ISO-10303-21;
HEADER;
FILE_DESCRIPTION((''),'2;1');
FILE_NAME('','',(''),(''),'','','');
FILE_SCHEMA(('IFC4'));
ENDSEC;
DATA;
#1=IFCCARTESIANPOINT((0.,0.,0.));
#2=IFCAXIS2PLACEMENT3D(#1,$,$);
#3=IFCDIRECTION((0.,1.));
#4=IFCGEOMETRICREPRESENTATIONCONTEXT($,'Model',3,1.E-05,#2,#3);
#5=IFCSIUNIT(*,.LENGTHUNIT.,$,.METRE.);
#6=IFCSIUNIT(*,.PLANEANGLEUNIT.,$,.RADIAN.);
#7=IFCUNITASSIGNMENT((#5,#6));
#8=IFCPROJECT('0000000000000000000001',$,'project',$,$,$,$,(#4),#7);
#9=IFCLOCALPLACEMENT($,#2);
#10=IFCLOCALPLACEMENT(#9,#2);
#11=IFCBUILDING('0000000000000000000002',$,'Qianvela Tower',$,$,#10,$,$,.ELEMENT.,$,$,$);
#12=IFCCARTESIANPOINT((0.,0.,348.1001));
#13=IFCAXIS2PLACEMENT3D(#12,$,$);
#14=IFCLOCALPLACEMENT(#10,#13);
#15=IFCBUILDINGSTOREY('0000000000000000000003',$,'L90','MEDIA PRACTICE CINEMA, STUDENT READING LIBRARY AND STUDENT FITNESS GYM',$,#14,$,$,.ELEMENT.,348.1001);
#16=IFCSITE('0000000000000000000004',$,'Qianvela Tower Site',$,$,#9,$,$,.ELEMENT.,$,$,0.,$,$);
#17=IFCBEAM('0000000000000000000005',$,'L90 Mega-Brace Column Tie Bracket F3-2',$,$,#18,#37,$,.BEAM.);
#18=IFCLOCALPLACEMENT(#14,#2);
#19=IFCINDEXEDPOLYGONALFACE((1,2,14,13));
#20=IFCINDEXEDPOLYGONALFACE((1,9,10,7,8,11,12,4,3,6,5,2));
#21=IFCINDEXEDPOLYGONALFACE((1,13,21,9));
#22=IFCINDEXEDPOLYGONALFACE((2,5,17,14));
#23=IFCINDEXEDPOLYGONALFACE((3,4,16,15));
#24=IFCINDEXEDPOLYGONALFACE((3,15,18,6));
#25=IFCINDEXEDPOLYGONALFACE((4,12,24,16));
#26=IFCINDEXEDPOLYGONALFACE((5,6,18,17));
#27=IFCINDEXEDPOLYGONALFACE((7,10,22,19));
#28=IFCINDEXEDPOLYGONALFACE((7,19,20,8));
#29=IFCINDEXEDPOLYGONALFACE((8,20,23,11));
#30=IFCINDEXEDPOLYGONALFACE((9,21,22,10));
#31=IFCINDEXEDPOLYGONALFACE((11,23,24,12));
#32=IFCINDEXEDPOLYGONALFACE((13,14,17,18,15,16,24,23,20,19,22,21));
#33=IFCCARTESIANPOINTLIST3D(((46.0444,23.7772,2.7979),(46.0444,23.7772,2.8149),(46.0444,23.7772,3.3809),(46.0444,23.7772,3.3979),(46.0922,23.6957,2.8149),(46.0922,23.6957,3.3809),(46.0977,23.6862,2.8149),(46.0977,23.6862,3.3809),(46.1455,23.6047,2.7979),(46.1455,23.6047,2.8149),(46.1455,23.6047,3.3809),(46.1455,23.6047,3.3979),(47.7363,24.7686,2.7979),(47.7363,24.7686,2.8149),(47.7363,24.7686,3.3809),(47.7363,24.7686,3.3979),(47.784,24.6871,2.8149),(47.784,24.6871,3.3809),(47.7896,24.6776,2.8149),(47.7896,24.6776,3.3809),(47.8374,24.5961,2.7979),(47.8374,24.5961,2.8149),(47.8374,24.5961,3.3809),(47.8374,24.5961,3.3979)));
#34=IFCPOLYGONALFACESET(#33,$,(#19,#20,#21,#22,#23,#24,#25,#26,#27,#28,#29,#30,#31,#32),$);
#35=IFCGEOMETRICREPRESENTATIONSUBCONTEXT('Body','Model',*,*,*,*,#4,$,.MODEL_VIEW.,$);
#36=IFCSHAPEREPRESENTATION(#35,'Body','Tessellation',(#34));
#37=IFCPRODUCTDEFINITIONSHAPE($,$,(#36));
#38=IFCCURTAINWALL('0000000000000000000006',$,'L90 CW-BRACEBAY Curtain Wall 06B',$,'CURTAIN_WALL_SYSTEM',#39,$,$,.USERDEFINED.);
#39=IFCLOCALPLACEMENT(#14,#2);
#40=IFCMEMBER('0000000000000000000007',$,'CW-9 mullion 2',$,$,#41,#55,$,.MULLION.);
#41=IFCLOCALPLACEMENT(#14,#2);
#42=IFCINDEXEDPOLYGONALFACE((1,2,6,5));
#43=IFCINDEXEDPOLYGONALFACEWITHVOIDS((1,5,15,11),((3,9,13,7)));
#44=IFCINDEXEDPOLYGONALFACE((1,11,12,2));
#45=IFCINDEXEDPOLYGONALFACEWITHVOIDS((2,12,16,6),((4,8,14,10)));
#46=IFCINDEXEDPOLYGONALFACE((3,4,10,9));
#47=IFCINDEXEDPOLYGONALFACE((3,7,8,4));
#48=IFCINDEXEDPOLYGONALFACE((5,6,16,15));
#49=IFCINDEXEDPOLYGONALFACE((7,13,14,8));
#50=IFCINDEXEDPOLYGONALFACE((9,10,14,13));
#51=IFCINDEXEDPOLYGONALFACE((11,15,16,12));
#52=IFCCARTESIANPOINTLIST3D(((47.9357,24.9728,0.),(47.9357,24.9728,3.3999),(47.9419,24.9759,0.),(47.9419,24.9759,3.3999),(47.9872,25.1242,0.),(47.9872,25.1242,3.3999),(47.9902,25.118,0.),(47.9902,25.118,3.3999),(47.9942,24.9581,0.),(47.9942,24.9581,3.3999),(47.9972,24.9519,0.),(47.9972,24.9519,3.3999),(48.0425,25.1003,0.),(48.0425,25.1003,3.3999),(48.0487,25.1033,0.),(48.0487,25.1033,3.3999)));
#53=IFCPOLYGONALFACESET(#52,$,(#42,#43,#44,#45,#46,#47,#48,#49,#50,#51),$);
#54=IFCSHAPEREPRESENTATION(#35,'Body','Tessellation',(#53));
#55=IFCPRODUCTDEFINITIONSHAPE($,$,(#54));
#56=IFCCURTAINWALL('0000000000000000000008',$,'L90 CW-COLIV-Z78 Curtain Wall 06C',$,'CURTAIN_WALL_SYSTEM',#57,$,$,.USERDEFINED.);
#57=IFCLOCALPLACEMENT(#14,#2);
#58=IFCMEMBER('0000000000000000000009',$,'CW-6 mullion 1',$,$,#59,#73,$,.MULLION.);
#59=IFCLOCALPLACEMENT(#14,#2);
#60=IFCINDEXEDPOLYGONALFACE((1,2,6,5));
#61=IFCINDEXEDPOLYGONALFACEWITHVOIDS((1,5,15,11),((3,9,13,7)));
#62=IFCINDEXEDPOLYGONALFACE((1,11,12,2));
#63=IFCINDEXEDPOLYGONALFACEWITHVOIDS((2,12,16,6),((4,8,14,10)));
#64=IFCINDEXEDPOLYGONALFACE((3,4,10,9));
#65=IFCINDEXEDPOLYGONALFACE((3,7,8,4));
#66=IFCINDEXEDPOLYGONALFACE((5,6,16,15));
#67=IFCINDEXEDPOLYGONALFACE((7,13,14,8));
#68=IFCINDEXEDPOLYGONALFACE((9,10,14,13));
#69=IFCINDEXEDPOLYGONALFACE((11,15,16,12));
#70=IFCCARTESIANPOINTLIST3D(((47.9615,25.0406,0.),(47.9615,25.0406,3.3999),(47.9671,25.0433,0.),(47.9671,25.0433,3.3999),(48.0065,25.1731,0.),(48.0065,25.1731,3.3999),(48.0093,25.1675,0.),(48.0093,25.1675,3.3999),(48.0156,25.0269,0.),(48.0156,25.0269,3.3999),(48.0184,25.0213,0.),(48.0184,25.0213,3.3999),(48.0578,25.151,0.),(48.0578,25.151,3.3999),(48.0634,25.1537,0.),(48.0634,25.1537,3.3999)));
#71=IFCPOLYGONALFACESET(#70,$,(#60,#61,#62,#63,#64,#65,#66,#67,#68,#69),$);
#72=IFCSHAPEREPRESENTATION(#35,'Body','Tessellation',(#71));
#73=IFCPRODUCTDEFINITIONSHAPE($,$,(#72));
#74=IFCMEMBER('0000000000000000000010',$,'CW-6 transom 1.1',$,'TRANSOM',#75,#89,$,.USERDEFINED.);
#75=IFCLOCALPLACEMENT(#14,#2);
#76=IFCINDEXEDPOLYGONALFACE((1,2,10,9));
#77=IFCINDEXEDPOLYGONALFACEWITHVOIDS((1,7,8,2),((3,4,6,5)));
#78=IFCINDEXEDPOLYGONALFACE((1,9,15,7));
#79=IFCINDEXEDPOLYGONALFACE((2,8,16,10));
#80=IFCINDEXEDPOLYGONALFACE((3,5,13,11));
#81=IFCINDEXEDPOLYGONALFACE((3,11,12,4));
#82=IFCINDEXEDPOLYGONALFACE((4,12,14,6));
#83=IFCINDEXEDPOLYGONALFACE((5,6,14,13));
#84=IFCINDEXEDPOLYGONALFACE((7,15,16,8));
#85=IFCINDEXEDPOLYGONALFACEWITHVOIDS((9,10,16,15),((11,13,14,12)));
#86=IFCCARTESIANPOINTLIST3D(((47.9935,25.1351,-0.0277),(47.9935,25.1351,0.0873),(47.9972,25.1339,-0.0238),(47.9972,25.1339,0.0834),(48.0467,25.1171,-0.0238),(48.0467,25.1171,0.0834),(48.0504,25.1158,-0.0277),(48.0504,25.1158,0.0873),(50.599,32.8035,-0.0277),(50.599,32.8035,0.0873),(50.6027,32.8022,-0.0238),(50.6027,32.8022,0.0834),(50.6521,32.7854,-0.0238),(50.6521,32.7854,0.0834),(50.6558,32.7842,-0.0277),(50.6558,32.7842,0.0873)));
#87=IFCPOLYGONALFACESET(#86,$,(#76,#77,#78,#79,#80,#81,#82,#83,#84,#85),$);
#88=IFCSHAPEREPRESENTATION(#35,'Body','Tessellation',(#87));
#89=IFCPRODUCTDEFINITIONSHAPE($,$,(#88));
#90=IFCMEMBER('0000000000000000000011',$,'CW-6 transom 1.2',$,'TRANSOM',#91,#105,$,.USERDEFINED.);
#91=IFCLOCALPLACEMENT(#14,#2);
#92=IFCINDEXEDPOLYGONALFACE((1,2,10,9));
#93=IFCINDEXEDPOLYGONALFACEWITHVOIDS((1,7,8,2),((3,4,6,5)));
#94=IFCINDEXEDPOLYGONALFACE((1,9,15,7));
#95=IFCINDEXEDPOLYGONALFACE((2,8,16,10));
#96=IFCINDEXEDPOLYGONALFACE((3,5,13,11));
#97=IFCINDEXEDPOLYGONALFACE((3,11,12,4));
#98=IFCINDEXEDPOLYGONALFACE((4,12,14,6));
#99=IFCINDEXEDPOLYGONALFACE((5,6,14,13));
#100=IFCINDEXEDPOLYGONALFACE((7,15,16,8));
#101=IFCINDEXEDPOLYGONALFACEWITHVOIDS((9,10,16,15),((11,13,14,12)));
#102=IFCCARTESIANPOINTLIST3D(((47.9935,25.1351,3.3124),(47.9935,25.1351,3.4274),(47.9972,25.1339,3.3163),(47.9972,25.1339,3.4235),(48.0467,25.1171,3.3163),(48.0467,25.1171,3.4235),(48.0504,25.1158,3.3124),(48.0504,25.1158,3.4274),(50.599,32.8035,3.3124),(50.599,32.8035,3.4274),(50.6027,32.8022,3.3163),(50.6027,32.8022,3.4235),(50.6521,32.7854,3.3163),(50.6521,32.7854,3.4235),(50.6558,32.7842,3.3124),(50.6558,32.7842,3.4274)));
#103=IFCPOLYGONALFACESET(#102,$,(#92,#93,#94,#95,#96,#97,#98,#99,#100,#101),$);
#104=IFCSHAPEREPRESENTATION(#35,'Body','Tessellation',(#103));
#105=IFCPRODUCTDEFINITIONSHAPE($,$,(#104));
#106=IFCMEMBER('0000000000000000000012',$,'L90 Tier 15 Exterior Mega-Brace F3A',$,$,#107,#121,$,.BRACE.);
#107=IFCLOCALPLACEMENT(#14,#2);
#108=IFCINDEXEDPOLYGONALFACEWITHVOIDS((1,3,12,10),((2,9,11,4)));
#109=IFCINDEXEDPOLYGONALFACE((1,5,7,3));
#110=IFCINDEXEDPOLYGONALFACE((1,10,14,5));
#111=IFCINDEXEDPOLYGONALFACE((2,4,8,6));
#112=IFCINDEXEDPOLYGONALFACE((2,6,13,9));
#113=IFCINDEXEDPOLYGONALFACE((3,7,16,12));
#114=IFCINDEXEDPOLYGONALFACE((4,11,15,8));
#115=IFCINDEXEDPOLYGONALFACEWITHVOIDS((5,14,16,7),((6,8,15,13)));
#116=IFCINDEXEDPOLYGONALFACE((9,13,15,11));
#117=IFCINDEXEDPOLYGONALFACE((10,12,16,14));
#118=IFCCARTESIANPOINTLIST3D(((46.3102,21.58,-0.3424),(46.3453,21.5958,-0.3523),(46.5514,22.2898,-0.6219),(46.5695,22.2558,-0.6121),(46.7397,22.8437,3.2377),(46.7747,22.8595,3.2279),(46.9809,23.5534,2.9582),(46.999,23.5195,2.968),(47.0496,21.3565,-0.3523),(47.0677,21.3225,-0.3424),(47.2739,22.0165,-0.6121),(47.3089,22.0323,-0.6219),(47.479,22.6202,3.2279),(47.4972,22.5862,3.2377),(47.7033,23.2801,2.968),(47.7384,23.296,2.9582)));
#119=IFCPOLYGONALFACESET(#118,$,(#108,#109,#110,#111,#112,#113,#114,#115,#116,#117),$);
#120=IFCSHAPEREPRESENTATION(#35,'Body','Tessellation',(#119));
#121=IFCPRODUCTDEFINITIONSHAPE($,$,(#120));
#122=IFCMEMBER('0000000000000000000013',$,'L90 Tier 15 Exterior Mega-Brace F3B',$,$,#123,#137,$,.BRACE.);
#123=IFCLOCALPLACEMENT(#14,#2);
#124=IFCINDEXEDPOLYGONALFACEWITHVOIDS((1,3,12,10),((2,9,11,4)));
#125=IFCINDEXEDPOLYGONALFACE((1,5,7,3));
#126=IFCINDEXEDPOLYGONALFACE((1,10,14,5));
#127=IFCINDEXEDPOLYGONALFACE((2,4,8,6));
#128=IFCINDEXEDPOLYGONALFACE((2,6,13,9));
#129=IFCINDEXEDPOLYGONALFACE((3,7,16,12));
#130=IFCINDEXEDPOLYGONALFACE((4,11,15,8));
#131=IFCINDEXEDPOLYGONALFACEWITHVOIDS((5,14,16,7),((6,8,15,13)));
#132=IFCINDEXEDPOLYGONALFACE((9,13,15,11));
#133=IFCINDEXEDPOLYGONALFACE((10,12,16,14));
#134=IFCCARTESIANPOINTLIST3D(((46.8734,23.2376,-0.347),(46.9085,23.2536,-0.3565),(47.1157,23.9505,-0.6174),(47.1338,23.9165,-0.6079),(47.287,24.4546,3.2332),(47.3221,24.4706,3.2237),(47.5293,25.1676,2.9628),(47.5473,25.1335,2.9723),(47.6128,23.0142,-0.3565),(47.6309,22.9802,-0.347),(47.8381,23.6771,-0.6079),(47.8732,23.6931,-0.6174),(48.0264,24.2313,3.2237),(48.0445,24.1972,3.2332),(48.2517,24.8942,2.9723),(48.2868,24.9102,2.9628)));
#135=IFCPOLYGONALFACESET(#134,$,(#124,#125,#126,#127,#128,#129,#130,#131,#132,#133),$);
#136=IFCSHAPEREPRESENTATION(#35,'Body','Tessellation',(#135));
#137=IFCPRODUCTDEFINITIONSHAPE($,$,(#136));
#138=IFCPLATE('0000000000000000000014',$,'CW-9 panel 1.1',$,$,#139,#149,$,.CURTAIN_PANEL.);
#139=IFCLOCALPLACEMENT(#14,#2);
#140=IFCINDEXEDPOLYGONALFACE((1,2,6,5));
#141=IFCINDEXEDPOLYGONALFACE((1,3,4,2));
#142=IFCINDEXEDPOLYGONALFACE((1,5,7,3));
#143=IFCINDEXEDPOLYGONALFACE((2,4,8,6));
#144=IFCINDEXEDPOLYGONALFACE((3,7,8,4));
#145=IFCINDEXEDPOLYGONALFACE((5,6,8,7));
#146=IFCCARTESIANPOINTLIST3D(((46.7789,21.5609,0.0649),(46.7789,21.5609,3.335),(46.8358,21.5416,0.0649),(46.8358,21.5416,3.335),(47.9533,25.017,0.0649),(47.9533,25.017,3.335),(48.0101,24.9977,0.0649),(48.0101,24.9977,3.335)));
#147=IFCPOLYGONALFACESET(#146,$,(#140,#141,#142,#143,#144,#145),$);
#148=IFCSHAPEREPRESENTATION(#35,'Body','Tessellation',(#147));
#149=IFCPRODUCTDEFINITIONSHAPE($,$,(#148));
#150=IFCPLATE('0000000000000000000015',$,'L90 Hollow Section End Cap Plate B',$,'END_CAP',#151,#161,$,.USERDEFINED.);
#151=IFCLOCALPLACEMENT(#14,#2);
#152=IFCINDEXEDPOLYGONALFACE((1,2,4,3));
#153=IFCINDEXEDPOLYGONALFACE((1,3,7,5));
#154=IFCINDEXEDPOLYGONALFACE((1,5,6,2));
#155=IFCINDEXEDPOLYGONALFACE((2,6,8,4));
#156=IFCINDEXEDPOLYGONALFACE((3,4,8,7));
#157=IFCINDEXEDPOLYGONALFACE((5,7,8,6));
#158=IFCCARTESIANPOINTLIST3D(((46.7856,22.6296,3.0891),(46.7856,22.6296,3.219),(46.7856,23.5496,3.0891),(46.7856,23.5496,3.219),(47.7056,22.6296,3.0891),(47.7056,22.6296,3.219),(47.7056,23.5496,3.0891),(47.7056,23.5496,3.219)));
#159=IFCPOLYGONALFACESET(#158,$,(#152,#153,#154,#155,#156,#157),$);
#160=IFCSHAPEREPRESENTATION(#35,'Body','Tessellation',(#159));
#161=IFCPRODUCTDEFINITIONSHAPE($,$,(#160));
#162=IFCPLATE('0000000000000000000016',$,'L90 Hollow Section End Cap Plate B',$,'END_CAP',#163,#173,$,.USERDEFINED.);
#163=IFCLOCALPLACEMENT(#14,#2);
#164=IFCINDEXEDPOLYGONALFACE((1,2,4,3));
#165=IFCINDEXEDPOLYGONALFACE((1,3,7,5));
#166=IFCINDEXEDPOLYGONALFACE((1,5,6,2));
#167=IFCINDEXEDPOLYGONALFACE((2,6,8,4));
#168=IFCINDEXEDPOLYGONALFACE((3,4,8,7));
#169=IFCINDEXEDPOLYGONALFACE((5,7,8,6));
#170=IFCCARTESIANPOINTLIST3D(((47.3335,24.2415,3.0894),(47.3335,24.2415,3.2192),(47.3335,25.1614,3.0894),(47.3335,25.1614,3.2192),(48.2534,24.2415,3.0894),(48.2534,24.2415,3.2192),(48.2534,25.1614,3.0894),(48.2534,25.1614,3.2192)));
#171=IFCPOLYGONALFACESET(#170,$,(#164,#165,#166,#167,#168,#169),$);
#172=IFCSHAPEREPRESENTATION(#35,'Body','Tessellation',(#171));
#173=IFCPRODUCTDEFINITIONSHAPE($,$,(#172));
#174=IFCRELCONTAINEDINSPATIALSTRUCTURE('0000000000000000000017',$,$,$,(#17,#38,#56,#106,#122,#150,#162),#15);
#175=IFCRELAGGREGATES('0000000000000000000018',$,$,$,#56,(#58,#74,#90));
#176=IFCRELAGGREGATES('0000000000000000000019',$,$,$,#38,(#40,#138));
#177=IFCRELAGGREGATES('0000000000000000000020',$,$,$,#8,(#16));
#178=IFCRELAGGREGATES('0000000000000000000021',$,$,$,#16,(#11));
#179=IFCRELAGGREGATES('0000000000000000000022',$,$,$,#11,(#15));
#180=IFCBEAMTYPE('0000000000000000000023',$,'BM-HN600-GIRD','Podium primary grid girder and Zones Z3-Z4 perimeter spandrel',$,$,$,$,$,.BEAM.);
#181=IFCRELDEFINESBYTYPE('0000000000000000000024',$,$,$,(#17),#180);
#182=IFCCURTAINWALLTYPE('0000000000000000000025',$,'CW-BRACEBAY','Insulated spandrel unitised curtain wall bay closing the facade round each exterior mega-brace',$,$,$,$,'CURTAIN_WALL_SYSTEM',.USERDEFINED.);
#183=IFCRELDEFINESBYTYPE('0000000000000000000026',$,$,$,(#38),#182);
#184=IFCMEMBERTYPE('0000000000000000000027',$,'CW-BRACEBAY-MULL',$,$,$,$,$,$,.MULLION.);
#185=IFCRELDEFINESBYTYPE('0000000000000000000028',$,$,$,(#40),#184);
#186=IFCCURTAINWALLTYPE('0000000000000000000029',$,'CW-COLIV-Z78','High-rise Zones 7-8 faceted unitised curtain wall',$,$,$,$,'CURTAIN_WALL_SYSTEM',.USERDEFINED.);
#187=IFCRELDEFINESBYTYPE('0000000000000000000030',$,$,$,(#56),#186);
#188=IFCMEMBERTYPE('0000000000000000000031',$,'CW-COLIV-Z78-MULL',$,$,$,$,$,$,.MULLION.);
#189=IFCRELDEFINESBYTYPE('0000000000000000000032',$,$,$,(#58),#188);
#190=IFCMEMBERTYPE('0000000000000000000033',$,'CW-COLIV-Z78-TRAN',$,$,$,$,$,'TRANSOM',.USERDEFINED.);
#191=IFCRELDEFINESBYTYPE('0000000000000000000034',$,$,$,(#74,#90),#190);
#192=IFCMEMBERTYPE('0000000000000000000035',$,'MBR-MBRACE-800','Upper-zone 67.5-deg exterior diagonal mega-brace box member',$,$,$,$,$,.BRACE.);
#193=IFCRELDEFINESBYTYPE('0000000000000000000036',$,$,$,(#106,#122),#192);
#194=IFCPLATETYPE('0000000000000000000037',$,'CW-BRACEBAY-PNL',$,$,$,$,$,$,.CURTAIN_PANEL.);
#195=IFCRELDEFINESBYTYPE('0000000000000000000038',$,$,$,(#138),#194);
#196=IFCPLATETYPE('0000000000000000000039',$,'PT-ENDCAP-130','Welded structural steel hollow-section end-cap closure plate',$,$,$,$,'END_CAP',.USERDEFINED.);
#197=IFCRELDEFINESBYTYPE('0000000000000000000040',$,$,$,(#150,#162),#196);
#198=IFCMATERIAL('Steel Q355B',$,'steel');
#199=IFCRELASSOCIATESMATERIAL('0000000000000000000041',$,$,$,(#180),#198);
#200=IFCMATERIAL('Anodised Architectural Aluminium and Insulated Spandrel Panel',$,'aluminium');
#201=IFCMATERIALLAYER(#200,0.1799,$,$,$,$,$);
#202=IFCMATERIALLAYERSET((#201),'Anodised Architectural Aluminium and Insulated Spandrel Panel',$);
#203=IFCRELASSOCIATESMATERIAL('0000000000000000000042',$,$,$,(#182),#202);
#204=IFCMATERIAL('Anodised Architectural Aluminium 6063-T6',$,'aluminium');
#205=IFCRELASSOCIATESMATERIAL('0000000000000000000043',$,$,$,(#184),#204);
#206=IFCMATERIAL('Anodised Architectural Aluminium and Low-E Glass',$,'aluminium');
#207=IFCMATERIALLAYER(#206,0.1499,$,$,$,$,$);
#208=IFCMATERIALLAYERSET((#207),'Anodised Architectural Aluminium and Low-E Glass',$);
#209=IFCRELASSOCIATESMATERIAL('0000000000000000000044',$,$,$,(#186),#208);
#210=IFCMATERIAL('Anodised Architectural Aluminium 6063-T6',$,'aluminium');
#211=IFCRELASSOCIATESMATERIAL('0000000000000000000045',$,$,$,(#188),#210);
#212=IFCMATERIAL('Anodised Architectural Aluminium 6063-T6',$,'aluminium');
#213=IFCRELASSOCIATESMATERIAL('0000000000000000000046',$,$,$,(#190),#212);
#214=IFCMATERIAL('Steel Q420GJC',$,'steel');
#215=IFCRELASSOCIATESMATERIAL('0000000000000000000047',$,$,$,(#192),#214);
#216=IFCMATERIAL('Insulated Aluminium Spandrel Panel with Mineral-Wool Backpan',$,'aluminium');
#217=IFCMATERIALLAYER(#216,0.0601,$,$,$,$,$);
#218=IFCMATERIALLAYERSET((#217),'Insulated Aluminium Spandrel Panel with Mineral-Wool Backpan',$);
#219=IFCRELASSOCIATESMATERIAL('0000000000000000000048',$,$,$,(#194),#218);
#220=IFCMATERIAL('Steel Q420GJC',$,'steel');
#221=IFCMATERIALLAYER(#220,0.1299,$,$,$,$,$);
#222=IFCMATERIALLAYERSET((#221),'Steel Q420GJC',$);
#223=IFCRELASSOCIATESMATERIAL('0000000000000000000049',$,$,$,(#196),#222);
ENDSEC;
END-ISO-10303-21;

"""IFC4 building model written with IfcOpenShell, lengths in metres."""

from ifc_helpers import new_model, si_unit, direction, frame, origin, origin_2d, place, context, subcontext, project, spatial, rectangle, hollow_rectangle, i_section, extrude, material, layer, layer_set, material_profile, profile_set, type_object, element, aggregate, save


model = new_model("IFC4")

# Units and contexts
model_context = context("Model", 3, precision=1e-05, world=origin(), true_north=direction((0.0, 1.0)))
body_context = subcontext(model_context, "Body", "Model", "MODEL_VIEW")
ifc_project = project(units=[si_unit("LENGTHUNIT", "METRE"), si_unit("PLANEANGLEUNIT", "RADIAN")], contexts=[model_context])

# Site, building, storey
site_placement = place(None, origin())
site = spatial("IfcSite", under=ifc_project, at=site_placement, Name="Qianvela Tower Site", CompositionType="ELEMENT", RefElevation=0.0)
building_placement = place(site_placement, origin())
building = spatial("IfcBuilding", under=site, at=building_placement, Name="Qianvela Tower", CompositionType="ELEMENT")
storey_placement = place(building_placement, frame((0.0, 0.0, 348.1001)))
storey = spatial("IfcBuildingStorey", under=building, at=storey_placement, Name="L90", Description="MEDIA PRACTICE CINEMA, STUDENT READING LIBRARY AND STUDENT FITNESS GYM", CompositionType="ELEMENT", Elevation=348.1001)

# Beam
ifc_material_1 = material(Name="Steel Q355B", Category="steel")
ifc_material_profile_1 = material_profile(ifc_material_1, i_section(OverallWidth=0.2, OverallDepth=0.6001, WebThickness=0.011, FlangeThickness=0.0171, at=origin_2d()), Name="HN600x200x11x17")
ifc_profile_set_1 = profile_set([ifc_material_profile_1], Name="Steel Q355B")
beam_type_1 = type_object("IfcBeamType", Name="BM-HN600-GIRD", Description="Podium primary grid girder and Zones Z3-Z4 perimeter spandrel", PredefinedType="BEAM", material=ifc_profile_set_1)
beam_1_placement = place(storey_placement, frame((46.095, 23.6909, 3.0979), z_axis=(0.862775, 0.505588, 0.0), x_axis=(-0.505588, 0.862775, 0.0)))
element("IfcBeam", 1, at=beam_1_placement, inside=storey, type_object=beam_type_1, Name="L90 Mega-Brace Column Tie Bracket F3-2", PredefinedType="BEAM", context=body_context, shape_type="SweptSolid", body=[
    extrude(i_section(OverallWidth=0.2, OverallDepth=0.6001, WebThickness=0.011, FlangeThickness=0.0171, at=origin_2d()), origin(), (0.0, 0.0, 1.0), 1.9609),
])

# Curtain wall, member
ifc_material_2 = material(Name="Anodised Architectural Aluminium and Insulated Spandrel Panel", Category="aluminium")
ifc_layer_1 = layer(ifc_material_2, 0.1799)
ifc_layer_set_1 = layer_set([ifc_layer_1], Name="Anodised Architectural Aluminium and Insulated Spandrel Panel")
curtain_wall_type_1 = type_object("IfcCurtainWallType", Name="CW-BRACEBAY", Description="Insulated spandrel unitised curtain wall bay closing the facade round each exterior mega-brace", ElementType="CURTAIN_WALL_SYSTEM", PredefinedType="USERDEFINED", material=ifc_layer_set_1)
curtain_wall_1_placement = place(storey_placement, origin())
curtain_wall_1 = element("IfcCurtainWall", 2, at=curtain_wall_1_placement, inside=storey, type_object=curtain_wall_type_1, Name="L90 CW-BRACEBAY Curtain Wall 06B", ObjectType="CURTAIN_WALL_SYSTEM", PredefinedType="USERDEFINED")
ifc_material_3 = material(Name="Anodised Architectural Aluminium 6063-T6", Category="aluminium")
ifc_material_profile_2 = material_profile(ifc_material_3, hollow_rectangle(XDim=0.0649, YDim=0.1599, WallThickness=0.0049, at=origin_2d()), Name="ALU-MULL-65x160")
ifc_profile_set_2 = profile_set([ifc_material_profile_2], Name="Anodised Architectural Aluminium 6063-T6")
member_type_1 = type_object("IfcMemberType", Name="CW-BRACEBAY-MULL", PredefinedType="MULLION", material=ifc_profile_set_2)
member_1_placement = place(storey_placement, frame((47.9922, 25.0381, 0.0), z_axis=(0.0, 0.0, 1.0), x_axis=(-0.946837, 0.321714, 0.0)))
member_1 = element("IfcMember", 3, at=member_1_placement, type_object=member_type_1, Name="CW-9 mullion 2", PredefinedType="MULLION", context=body_context, shape_type="SweptSolid", body=[
    extrude(hollow_rectangle(XDim=0.0649, YDim=0.1599, WallThickness=0.0049, at=origin_2d()), origin(), (0.0, 0.0, 1.0), 3.3999),
])

# Curtain wall, members
ifc_material_4 = material(Name="Anodised Architectural Aluminium and Low-E Glass", Category="aluminium")
ifc_layer_2 = layer(ifc_material_4, 0.1499)
ifc_layer_set_2 = layer_set([ifc_layer_2], Name="Anodised Architectural Aluminium and Low-E Glass")
curtain_wall_type_2 = type_object("IfcCurtainWallType", Name="CW-COLIV-Z78", Description="High-rise Zones 7-8 faceted unitised curtain wall", ElementType="CURTAIN_WALL_SYSTEM", PredefinedType="USERDEFINED", material=ifc_layer_set_2)
curtain_wall_2_placement = place(storey_placement, origin())
curtain_wall_2 = element("IfcCurtainWall", 4, at=curtain_wall_2_placement, inside=storey, type_object=curtain_wall_type_2, Name="L90 CW-COLIV-Z78 Curtain Wall 06C", ObjectType="CURTAIN_WALL_SYSTEM", PredefinedType="USERDEFINED")
ifc_material_5 = material(Name="Anodised Architectural Aluminium 6063-T6", Category="aluminium")
ifc_material_profile_3 = material_profile(ifc_material_5, hollow_rectangle(XDim=0.0601, YDim=0.1399, WallThickness=0.0044, at=origin_2d()), Name="ALU-MULL-60x140")
ifc_profile_set_3 = profile_set([ifc_material_profile_3], Name="Anodised Architectural Aluminium 6063-T6")
member_type_2 = type_object("IfcMemberType", Name="CW-COLIV-Z78-MULL", PredefinedType="MULLION", material=ifc_profile_set_3)
member_2_placement = place(storey_placement, frame((48.0125, 25.0972, 0.0), z_axis=(0.0, 0.0, 1.0), x_axis=(-0.946835, 0.32172, 0.0)))
member_2 = element("IfcMember", 5, at=member_2_placement, type_object=member_type_2, Name="CW-6 mullion 1", PredefinedType="MULLION", context=body_context, shape_type="SweptSolid", body=[
    extrude(hollow_rectangle(XDim=0.0601, YDim=0.1399, WallThickness=0.0044, at=origin_2d()), origin(), (0.0, 0.0, 1.0), 3.3999),
])
ifc_material_6 = material(Name="Anodised Architectural Aluminium 6063-T6", Category="aluminium")
ifc_material_profile_4 = material_profile(ifc_material_6, hollow_rectangle(XDim=0.0601, YDim=0.115, WallThickness=0.0039, at=origin_2d()), Name="ALU-TRAN-60x115")
ifc_profile_set_4 = profile_set([ifc_material_profile_4], Name="Anodised Architectural Aluminium 6063-T6")
member_type_3 = type_object("IfcMemberType", Name="CW-COLIV-Z78-TRAN", ElementType="TRANSOM", PredefinedType="USERDEFINED", material=ifc_profile_set_4)
member_3_placement = place(storey_placement, frame((48.022, 25.1255, 0.0298), z_axis=(0.321703, 0.946841, 0.0), x_axis=(-0.946841, 0.321703, 0.0)))
member_3 = element("IfcMember", 6, at=member_3_placement, type_object=member_type_3, Name="CW-6 transom 1.1", ObjectType="TRANSOM", PredefinedType="USERDEFINED", context=body_context, shape_type="SweptSolid", body=[
    extrude(hollow_rectangle(XDim=0.0601, YDim=0.115, WallThickness=0.0039, at=origin_2d()), origin(), (0.0, 0.0, 1.0), 8.0989),
])
member_4_placement = place(storey_placement, frame((48.022, 25.1255, 3.3699), z_axis=(0.321703, 0.946841, 0.0), x_axis=(-0.946841, 0.321703, 0.0)))
member_4 = element("IfcMember", 7, at=member_4_placement, type_object=member_type_3, Name="CW-6 transom 1.2", ObjectType="TRANSOM", PredefinedType="USERDEFINED", context=body_context, shape_type="SweptSolid", body=[
    extrude(hollow_rectangle(XDim=0.0601, YDim=0.115, WallThickness=0.0039, at=origin_2d()), origin(), (0.0, 0.0, 1.0), 8.0989),
])
aggregate(curtain_wall_2, [member_2, member_3, member_4])

# Members
ifc_material_7 = material(Name="Steel Q420GJC", Category="steel")
ifc_material_profile_5 = material_profile(ifc_material_7, hollow_rectangle(XDim=0.8, YDim=0.8, WallThickness=0.0281, at=origin_2d()), Name="MBOX-800x800x28")
ifc_profile_set_5 = profile_set([ifc_material_profile_5], Name="Steel Q420GJC")
member_type_4 = type_object("IfcMemberType", Name="MBR-MBRACE-800", Description="Upper-zone 67.5-deg exterior diagonal mega-brace box member", PredefinedType="BRACE", material=ifc_profile_set_5)
member_5_placement = place(storey_placement, frame((46.8096, 21.8062, -0.4822), z_axis=(0.112397, 0.330738, 0.937006), x_axis=(-0.94682, 0.321765, 0.0)))
element("IfcMember", 8, at=member_5_placement, inside=storey, type_object=member_type_4, Name="L90 Tier 15 Exterior Mega-Brace F3A", PredefinedType="BRACE", context=body_context, shape_type="SweptSolid", body=[
    extrude(hollow_rectangle(XDim=0.8, YDim=0.8, WallThickness=0.0281, at=origin_2d()), origin(), (0.0, 0.0, 1.0), 3.8208),
])
member_6_placement = place(storey_placement, frame((47.3733, 23.4653, -0.4822), z_axis=(0.108725, 0.319951, 0.941175), x_axis=(-0.946825, 0.32175, 0.0)))
element("IfcMember", 9, at=member_6_placement, inside=storey, type_object=member_type_4, Name="L90 Tier 15 Exterior Mega-Brace F3B", PredefinedType="BRACE", context=body_context, shape_type="SweptSolid", body=[
    extrude(hollow_rectangle(XDim=0.8, YDim=0.8, WallThickness=0.0281, at=origin_2d()), origin(), (0.0, 0.0, 1.0), 3.804),
])

# Plate
ifc_material_8 = material(Name="Insulated Aluminium Spandrel Panel with Mineral-Wool Backpan", Category="aluminium")
ifc_layer_3 = layer(ifc_material_8, 0.0601)
ifc_layer_set_3 = layer_set([ifc_layer_3], Name="Insulated Aluminium Spandrel Panel with Mineral-Wool Backpan")
plate_type_1 = type_object("IfcPlateType", Name="CW-BRACEBAY-PNL", PredefinedType="CURTAIN_PANEL", material=ifc_layer_set_3)
plate_placement = place(storey_placement, frame((47.3945, 23.2793, 0.0649), z_axis=(0.0, 0.0, 1.0), x_axis=(0.321714, 0.946837, 0.0)))
plate = element("IfcPlate", 10, at=plate_placement, type_object=plate_type_1, Name="CW-9 panel 1.1", PredefinedType="CURTAIN_PANEL", context=body_context, shape_type="SweptSolid", body=[
    extrude(rectangle(XDim=3.6501, YDim=0.0601, at=origin_2d()), origin(), (0.0, 0.0, 1.0), 3.27),
])
aggregate(curtain_wall_1, [member_1, plate])

# Plates
ifc_material_9 = material(Name="Steel Q420GJC", Category="steel")
ifc_layer_4 = layer(ifc_material_9, 0.1299)
ifc_layer_set_4 = layer_set([ifc_layer_4], Name="Steel Q420GJC")
plate_type_2 = type_object("IfcPlateType", Name="PT-ENDCAP-130", Description="Welded structural steel hollow-section end-cap closure plate", ElementType="END_CAP", PredefinedType="USERDEFINED", material=ifc_layer_set_4)
for number, where, z_axis, x_axis, name in (
    (11, (47.2456, 23.0896, 3.0891), (0.0, 0.0, 1.0), (1.0, 0.0, 0.0), "L90 Hollow Section End Cap Plate B"),
    (12, (47.7935, 24.7014, 3.0894), (0.0, 0.0, 1.0), (1.0, 0.0, 0.0), "L90 Hollow Section End Cap Plate B"),
):
    element("IfcPlate", number, at=place(storey_placement, frame(where, z_axis=z_axis, x_axis=x_axis)), inside=storey, type_object=plate_type_2, Name=name, ObjectType="END_CAP", PredefinedType="USERDEFINED", context=body_context, shape_type="SweptSolid", body=[
        extrude(rectangle(XDim=0.9199, YDim=0.9199, at=origin_2d()), origin(), (0.0, 0.0, 1.0), 0.1299),
    ])

save(model, "model.ifc")
